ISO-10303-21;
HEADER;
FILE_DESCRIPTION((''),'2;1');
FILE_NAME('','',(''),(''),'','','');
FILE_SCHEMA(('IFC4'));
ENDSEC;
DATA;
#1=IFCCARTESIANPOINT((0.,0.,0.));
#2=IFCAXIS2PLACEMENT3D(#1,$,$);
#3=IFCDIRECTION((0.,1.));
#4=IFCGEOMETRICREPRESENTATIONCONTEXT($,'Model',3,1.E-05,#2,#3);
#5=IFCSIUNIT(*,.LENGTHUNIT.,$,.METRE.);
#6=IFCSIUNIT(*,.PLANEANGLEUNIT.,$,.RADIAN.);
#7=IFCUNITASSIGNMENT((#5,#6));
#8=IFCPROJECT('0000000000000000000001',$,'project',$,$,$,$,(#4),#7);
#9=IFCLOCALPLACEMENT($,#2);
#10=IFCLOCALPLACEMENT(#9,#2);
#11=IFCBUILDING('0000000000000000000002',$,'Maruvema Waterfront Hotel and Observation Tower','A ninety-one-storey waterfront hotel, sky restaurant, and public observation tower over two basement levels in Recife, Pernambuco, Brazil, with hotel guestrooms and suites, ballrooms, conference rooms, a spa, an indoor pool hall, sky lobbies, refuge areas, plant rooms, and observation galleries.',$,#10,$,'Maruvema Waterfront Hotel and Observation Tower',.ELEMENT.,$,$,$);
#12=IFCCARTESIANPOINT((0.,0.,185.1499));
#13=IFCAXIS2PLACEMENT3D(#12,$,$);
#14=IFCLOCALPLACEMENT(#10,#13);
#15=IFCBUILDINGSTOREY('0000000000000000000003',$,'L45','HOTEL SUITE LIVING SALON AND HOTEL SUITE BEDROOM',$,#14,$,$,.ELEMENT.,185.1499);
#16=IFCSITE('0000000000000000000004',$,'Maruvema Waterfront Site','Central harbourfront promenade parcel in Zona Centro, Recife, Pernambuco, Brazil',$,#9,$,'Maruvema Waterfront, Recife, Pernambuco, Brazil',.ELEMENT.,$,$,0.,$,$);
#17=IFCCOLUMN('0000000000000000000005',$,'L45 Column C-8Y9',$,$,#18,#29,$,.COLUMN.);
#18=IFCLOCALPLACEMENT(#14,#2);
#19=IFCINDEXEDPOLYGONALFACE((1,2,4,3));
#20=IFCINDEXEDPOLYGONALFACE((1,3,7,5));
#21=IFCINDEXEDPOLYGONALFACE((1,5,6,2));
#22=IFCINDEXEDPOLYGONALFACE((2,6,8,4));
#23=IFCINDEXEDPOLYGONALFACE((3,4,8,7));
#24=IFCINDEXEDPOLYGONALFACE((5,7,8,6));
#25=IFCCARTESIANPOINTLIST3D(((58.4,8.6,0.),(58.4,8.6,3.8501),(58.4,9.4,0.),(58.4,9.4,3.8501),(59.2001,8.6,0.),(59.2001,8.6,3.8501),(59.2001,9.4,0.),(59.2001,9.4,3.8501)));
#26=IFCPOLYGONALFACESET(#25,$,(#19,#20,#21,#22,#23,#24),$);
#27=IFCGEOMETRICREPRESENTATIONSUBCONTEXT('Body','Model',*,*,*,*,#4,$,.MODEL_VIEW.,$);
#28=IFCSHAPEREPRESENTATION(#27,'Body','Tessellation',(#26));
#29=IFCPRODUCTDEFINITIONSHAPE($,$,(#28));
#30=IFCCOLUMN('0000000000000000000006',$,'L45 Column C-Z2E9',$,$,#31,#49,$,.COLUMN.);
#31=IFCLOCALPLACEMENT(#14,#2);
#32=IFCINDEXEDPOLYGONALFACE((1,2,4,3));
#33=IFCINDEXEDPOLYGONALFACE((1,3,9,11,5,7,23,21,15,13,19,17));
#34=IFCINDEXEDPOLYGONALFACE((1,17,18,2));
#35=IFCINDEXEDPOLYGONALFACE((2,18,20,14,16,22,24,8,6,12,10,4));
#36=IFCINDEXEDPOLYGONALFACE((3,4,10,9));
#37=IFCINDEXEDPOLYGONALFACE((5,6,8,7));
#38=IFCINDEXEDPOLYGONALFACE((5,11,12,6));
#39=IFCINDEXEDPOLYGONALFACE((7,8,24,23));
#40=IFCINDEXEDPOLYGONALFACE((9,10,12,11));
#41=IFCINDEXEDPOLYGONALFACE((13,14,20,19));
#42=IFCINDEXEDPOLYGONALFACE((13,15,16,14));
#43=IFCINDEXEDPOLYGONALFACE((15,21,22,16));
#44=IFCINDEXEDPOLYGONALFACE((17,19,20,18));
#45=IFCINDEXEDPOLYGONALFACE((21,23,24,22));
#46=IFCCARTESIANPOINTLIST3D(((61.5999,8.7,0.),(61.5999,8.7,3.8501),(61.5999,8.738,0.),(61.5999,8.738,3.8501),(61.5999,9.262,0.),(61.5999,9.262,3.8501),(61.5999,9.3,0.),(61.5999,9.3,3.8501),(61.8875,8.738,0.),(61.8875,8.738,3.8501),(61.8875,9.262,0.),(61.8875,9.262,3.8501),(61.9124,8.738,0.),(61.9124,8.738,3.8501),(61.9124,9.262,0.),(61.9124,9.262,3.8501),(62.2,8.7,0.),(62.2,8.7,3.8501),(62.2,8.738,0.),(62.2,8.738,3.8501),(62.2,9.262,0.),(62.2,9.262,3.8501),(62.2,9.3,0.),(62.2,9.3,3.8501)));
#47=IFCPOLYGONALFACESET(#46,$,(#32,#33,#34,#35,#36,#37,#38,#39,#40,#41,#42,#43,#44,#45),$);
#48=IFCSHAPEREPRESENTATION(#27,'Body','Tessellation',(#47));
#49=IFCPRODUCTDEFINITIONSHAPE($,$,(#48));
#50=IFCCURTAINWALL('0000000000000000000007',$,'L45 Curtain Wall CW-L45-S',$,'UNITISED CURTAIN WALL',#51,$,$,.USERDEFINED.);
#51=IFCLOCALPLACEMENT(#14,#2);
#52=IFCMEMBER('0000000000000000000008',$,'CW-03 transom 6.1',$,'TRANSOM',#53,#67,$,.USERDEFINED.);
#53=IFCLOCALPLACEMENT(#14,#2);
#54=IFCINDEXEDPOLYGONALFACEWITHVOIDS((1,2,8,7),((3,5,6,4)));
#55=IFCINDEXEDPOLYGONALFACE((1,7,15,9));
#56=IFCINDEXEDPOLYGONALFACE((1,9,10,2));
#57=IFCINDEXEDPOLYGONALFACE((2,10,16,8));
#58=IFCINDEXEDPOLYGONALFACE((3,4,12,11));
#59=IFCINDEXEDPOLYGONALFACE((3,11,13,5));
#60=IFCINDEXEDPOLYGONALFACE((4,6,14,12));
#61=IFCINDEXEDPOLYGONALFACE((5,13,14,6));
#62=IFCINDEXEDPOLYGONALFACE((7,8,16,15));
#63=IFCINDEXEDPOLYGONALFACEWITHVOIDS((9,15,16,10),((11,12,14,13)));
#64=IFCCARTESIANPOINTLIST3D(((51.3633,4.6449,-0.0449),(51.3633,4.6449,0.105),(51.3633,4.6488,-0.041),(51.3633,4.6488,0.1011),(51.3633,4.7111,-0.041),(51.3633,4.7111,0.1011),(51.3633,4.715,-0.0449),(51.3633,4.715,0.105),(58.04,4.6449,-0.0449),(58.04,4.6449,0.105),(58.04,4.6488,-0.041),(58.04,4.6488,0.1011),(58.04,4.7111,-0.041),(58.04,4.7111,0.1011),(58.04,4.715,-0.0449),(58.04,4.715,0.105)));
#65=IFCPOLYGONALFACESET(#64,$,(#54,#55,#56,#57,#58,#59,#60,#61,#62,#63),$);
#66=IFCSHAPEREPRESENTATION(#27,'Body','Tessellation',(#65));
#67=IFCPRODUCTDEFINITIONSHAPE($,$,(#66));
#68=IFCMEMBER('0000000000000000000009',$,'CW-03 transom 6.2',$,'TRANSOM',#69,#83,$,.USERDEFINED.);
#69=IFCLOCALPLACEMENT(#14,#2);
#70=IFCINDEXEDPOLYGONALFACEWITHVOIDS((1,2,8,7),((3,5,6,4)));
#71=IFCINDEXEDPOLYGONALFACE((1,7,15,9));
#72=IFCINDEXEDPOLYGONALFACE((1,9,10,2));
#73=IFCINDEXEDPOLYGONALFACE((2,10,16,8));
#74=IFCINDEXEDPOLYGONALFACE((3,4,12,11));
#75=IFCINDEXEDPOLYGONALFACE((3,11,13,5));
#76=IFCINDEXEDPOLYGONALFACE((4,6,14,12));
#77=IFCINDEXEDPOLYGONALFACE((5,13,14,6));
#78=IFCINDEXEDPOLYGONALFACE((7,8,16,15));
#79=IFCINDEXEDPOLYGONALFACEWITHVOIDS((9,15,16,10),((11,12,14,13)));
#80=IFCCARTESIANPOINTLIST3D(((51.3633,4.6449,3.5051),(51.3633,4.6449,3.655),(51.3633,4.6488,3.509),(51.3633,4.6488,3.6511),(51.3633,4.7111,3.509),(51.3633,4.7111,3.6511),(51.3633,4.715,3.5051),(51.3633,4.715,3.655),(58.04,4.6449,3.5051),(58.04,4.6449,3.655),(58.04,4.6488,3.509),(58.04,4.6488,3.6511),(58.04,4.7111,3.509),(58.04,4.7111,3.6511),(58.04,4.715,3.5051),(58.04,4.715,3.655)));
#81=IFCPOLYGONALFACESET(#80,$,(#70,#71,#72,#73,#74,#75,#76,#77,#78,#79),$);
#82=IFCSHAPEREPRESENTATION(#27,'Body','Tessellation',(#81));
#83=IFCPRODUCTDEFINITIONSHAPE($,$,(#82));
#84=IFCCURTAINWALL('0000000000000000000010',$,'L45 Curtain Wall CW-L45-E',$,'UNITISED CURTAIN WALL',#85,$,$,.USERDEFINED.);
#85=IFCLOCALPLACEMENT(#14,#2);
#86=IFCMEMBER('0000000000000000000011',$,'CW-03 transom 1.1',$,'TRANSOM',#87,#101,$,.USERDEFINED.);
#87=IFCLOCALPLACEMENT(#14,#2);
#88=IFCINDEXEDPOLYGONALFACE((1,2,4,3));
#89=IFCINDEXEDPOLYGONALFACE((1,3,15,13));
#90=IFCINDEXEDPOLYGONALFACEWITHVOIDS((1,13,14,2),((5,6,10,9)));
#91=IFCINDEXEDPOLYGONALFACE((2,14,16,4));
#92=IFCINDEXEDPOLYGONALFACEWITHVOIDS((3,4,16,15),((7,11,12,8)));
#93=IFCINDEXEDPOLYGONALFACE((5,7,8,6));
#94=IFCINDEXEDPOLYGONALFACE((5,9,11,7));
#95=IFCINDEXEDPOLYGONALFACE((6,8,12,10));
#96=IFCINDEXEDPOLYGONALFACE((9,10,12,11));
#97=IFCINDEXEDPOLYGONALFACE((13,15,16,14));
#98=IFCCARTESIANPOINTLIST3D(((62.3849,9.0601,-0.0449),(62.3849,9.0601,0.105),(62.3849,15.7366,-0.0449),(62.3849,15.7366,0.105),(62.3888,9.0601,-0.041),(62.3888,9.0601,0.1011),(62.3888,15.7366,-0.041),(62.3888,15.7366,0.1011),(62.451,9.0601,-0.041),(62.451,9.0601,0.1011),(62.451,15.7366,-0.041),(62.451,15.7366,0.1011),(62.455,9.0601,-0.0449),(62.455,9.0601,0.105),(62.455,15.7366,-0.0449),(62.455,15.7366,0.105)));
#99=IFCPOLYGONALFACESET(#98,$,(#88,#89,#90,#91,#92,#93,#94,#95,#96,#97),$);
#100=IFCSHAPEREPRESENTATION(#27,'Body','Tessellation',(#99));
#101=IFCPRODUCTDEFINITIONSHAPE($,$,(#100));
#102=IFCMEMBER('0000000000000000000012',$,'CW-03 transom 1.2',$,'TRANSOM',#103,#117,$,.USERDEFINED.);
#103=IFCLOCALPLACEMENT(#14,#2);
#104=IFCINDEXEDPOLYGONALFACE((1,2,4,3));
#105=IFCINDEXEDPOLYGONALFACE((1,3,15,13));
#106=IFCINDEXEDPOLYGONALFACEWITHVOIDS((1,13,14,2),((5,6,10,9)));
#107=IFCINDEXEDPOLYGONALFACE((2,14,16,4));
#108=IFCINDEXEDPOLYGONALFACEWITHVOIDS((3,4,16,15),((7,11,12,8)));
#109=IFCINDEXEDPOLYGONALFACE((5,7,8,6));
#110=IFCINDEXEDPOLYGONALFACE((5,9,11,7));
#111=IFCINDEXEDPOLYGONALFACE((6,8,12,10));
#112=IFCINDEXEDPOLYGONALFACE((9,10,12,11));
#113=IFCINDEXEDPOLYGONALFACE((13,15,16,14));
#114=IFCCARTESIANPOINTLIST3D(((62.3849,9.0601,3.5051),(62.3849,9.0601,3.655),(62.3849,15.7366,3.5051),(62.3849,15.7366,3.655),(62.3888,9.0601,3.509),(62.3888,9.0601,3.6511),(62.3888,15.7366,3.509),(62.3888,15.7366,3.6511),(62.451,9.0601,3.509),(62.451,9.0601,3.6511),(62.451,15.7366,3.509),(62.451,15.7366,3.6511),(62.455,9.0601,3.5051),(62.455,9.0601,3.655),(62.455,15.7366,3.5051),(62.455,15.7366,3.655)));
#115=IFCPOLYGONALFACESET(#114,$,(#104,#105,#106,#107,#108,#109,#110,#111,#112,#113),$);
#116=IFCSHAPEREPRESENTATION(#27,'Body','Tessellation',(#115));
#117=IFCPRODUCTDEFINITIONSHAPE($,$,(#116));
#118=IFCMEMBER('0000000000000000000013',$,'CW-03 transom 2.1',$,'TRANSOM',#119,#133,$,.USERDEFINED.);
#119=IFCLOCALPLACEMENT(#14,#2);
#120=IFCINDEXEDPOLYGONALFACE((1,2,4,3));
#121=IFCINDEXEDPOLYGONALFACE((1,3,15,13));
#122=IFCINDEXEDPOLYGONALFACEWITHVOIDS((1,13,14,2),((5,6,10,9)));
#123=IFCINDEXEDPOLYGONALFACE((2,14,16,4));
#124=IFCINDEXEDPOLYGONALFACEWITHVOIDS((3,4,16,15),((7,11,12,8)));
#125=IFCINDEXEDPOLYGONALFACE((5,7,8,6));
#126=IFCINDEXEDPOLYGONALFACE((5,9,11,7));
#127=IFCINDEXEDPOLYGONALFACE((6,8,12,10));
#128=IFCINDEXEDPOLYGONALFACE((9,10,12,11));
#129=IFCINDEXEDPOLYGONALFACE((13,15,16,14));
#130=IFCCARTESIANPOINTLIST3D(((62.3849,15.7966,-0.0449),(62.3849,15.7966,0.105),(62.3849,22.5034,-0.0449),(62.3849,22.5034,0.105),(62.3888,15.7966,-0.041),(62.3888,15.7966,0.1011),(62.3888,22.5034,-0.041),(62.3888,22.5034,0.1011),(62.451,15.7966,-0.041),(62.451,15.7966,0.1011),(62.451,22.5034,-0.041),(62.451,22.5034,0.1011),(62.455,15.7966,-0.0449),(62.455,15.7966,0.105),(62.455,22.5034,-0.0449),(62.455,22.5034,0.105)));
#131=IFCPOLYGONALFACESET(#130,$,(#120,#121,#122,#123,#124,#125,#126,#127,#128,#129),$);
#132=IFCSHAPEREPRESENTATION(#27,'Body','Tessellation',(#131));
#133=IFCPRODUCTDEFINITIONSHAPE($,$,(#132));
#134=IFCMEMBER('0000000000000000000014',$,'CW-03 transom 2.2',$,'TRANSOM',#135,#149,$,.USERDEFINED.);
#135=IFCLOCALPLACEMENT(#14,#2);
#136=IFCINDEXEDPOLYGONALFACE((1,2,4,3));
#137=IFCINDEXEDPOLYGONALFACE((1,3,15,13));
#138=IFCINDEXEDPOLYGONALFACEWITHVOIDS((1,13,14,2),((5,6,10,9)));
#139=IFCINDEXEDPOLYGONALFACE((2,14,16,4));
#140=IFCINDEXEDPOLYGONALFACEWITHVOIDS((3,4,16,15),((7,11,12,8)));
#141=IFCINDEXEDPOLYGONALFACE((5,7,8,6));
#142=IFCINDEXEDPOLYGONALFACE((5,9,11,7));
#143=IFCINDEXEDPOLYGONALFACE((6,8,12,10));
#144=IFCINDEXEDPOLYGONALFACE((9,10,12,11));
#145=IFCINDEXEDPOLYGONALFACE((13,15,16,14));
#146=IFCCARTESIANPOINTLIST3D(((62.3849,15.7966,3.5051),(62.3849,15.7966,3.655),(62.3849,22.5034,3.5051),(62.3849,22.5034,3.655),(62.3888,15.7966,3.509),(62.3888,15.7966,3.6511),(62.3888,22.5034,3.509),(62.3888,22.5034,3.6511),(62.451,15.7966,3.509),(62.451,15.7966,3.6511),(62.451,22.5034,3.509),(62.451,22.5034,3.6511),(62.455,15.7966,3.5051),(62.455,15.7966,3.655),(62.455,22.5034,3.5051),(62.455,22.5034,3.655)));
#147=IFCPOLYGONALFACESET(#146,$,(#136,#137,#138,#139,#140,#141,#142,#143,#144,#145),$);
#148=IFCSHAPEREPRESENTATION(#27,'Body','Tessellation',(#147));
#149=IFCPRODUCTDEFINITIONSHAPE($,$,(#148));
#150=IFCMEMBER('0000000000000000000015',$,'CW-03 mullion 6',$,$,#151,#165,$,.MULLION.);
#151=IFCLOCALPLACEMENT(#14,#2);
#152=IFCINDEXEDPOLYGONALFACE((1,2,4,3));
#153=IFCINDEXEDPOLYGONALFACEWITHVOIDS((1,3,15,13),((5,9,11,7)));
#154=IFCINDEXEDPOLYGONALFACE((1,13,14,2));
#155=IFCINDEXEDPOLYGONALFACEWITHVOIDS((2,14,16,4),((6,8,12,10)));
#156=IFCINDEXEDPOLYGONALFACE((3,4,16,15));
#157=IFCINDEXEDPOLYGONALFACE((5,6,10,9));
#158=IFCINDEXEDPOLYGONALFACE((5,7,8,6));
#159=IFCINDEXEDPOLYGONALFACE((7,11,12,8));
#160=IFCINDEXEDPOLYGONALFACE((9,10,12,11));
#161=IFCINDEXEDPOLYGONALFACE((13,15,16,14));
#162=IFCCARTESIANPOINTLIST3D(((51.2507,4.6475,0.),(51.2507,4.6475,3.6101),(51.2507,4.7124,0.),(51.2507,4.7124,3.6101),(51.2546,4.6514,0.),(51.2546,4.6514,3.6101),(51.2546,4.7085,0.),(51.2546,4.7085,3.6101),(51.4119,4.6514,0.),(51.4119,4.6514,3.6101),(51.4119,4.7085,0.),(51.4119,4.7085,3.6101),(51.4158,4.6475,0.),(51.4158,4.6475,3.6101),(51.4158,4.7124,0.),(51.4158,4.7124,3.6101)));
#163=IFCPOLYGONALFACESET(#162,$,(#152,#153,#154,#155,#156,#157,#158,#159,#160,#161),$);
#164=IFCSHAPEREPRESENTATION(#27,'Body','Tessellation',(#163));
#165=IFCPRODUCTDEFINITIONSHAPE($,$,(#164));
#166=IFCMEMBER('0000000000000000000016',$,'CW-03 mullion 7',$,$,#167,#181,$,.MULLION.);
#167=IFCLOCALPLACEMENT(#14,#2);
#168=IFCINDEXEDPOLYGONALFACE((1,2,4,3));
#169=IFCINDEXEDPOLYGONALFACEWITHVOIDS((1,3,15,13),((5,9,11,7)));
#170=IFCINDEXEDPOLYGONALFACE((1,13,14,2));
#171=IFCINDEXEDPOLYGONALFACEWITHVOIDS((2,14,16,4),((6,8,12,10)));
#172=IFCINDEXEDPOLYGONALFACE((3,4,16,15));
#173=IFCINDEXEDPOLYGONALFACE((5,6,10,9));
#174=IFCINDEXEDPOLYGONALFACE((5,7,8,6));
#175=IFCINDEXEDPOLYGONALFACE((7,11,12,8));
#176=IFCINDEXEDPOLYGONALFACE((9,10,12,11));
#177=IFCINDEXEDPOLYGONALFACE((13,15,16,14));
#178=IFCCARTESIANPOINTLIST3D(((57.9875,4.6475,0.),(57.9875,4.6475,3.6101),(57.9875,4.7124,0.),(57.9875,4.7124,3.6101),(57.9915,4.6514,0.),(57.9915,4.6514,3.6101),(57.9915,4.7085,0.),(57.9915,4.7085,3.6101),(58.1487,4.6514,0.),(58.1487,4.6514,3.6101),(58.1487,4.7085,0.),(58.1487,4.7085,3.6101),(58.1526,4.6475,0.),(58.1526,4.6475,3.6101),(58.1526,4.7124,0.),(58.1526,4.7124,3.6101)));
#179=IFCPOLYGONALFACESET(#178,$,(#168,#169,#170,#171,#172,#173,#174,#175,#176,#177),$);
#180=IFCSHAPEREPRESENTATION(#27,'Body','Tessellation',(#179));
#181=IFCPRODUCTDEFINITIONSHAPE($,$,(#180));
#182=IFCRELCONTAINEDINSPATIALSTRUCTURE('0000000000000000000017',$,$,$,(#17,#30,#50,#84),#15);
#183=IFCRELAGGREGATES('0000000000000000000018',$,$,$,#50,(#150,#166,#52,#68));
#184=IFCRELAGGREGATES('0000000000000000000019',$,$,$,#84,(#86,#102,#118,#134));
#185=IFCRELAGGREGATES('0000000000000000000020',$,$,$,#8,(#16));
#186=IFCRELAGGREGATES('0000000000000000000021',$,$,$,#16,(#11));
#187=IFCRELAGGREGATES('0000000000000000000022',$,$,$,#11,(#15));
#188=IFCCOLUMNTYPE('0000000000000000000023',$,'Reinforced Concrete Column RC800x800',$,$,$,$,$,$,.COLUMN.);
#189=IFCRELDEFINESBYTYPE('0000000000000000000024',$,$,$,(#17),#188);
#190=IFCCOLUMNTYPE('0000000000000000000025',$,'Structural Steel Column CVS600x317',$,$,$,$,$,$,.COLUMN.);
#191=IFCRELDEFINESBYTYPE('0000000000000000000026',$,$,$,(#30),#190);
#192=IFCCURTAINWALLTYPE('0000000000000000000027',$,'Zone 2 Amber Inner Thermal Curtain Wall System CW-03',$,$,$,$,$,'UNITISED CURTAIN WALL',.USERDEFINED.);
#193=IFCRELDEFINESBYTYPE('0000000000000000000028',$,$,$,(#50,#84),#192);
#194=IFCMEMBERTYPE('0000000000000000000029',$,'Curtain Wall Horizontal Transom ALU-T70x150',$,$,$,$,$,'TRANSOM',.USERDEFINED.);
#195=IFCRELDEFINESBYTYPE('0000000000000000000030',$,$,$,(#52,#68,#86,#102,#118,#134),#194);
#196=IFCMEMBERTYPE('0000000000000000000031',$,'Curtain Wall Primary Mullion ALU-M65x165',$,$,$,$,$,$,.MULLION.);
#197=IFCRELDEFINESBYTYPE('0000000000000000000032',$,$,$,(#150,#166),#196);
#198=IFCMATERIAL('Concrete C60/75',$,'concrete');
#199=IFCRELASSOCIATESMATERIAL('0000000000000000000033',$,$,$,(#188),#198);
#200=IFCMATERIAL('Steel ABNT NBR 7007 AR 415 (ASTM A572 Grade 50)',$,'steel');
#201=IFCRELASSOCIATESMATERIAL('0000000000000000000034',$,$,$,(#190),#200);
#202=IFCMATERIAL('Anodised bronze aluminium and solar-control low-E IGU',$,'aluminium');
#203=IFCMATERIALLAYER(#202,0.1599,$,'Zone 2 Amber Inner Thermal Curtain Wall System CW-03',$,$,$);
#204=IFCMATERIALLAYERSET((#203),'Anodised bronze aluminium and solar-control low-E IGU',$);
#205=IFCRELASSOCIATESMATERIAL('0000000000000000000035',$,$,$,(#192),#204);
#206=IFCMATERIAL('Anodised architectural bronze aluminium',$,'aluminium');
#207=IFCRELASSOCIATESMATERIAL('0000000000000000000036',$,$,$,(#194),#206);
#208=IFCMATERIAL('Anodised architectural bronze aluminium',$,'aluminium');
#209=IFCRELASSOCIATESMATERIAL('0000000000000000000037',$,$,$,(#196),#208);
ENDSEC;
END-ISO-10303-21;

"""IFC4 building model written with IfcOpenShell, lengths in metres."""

from ifc_helpers import new_model, si_unit, direction, frame, origin, origin_2d, place, context, subcontext, project, spatial, rectangle, hollow_rectangle, i_section, extrude, material, layer, layer_set, material_profile, profile_set, type_object, element, aggregate, save


model = new_model("IFC4")

# Units and contexts
model_context = context("Model", 3, precision=1e-05, world=origin(), true_north=direction((0.0, 1.0)))
body_context = subcontext(model_context, "Body", "Model", "MODEL_VIEW")
ifc_project = project(units=[si_unit("LENGTHUNIT", "METRE"), si_unit("PLANEANGLEUNIT", "RADIAN")], contexts=[model_context])

# Site, building, storey
site_placement = place(None, origin())
site = spatial("IfcSite", under=ifc_project, at=site_placement, Name="Maruvema Waterfront Site", Description="Central harbourfront promenade parcel in Zona Centro, Recife, Pernambuco, Brazil", LongName="Maruvema Waterfront, Recife, Pernambuco, Brazil", CompositionType="ELEMENT", RefElevation=0.0)
building_placement = place(site_placement, origin())
building = spatial("IfcBuilding", under=site, at=building_placement, Name="Maruvema Waterfront Hotel and Observation Tower", Description="A ninety-one-storey waterfront hotel, sky restaurant, and public observation tower over two basement levels in Recife, Pernambuco, Brazil, with hotel guestrooms and suites, ballrooms, conference rooms, a spa, an indoor pool hall, sky lobbies, refuge areas, plant rooms, and observation galleries.", LongName="Maruvema Waterfront Hotel and Observation Tower", CompositionType="ELEMENT")
storey_placement = place(building_placement, frame((0.0, 0.0, 185.1499)))
storey = spatial("IfcBuildingStorey", under=building, at=storey_placement, Name="L45", Description="HOTEL SUITE LIVING SALON AND HOTEL SUITE BEDROOM", CompositionType="ELEMENT", Elevation=185.1499)

# Columns
ifc_material_1 = material(Name="Concrete C60/75", Category="concrete")
ifc_material_profile_1 = material_profile(ifc_material_1, rectangle(XDim=0.8, YDim=0.8, at=origin_2d()), Name="RC800x800")
ifc_profile_set_1 = profile_set([ifc_material_profile_1], Name="Concrete C60/75")
column_type_1 = type_object("IfcColumnType", Name="Reinforced Concrete Column RC800x800", PredefinedType="COLUMN", material=ifc_profile_set_1)
column_1_placement = place(storey_placement, frame((58.8, 9.0, 0.0), z_axis=(0.0, 0.0, 1.0), x_axis=(1.0, 0.0, 0.0)))
element("IfcColumn", 1, at=column_1_placement, inside=storey, type_object=column_type_1, Name="L45 Column C-8Y9", PredefinedType="COLUMN", context=body_context, shape_type="SweptSolid", body=[
    extrude(rectangle(XDim=0.8, YDim=0.8, at=origin_2d()), origin(), (0.0, 0.0, 1.0), 3.8501),
])
ifc_material_2 = material(Name="Steel ABNT NBR 7007 AR 415 (ASTM A572 Grade 50)", Category="steel")
ifc_material_profile_2 = material_profile(ifc_material_2, i_section(OverallWidth=0.6001, OverallDepth=0.6001, WebThickness=0.0249, FlangeThickness=0.0381, at=origin_2d()), Name="CVS600x317")
ifc_profile_set_2 = profile_set([ifc_material_profile_2], Name="Steel ABNT NBR 7007 AR 415 (ASTM A572 Grade 50)")
column_type_2 = type_object("IfcColumnType", Name="Structural Steel Column CVS600x317", PredefinedType="COLUMN", material=ifc_profile_set_2)
column_2_placement = place(storey_placement, frame((61.8999, 9.0, 0.0), z_axis=(0.0, 0.0, 1.0), x_axis=(1.0, 0.0, 0.0)))
element("IfcColumn", 2, at=column_2_placement, inside=storey, type_object=column_type_2, Name="L45 Column C-Z2E9", PredefinedType="COLUMN", context=body_context, shape_type="SweptSolid", body=[
    extrude(i_section(OverallWidth=0.6001, OverallDepth=0.6001, WebThickness=0.0249, FlangeThickness=0.0381, at=origin_2d()), origin(), (0.0, 0.0, 1.0), 3.8501),
])

# Curtain walls, members
ifc_material_3 = material(Name="Anodised bronze aluminium and solar-control low-E IGU", Category="aluminium")
ifc_layer_1 = layer(ifc_material_3, 0.1599, Name="Zone 2 Amber Inner Thermal Curtain Wall System CW-03")
ifc_layer_set_1 = layer_set([ifc_layer_1], Name="Anodised bronze aluminium and solar-control low-E IGU")
curtain_wall_type = type_object("IfcCurtainWallType", Name="Zone 2 Amber Inner Thermal Curtain Wall System CW-03", ElementType="UNITISED CURTAIN WALL", PredefinedType="USERDEFINED", material=ifc_layer_set_1)
curtain_wall_1_placement = place(storey_placement, origin())
curtain_wall_1 = element("IfcCurtainWall", 3, at=curtain_wall_1_placement, inside=storey, type_object=curtain_wall_type, Name="L45 Curtain Wall CW-L45-S", ObjectType="UNITISED CURTAIN WALL", PredefinedType="USERDEFINED")
ifc_material_4 = material(Name="Anodised architectural bronze aluminium", Category="aluminium")
ifc_material_profile_3 = material_profile(ifc_material_4, hollow_rectangle(XDim=0.0701, YDim=0.1499, WallThickness=0.0039, at=origin_2d()), Name="ALU-T70x150")
ifc_profile_set_3 = profile_set([ifc_material_profile_3], Name="Anodised architectural bronze aluminium")
member_type_1 = type_object("IfcMemberType", Name="Curtain Wall Horizontal Transom ALU-T70x150", ElementType="TRANSOM", PredefinedType="USERDEFINED", material=ifc_profile_set_3)
member_1_placement = place(storey_placement, frame((51.3633, 4.6799, 0.03), z_axis=(1.0, 0.0, 0.0), x_axis=(0.0, 1.0, 0.0)))
member_1 = element("IfcMember", 4, at=member_1_placement, type_object=member_type_1, Name="CW-03 transom 6.1", ObjectType="TRANSOM", PredefinedType="USERDEFINED", context=body_context, shape_type="SweptSolid", body=[
    extrude(hollow_rectangle(XDim=0.0701, YDim=0.1499, WallThickness=0.0039, at=origin_2d()), origin(), (0.0, 0.0, 1.0), 6.6768),
])
member_2_placement = place(storey_placement, frame((51.3633, 4.6799, 3.5801), z_axis=(1.0, 0.0, 0.0), x_axis=(0.0, 1.0, 0.0)))
member_2 = element("IfcMember", 5, at=member_2_placement, type_object=member_type_1, Name="CW-03 transom 6.2", ObjectType="TRANSOM", PredefinedType="USERDEFINED", context=body_context, shape_type="SweptSolid", body=[
    extrude(hollow_rectangle(XDim=0.0701, YDim=0.1499, WallThickness=0.0039, at=origin_2d()), origin(), (0.0, 0.0, 1.0), 6.6768),
])
curtain_wall_2_placement = place(storey_placement, origin())
curtain_wall_2 = element("IfcCurtainWall", 6, at=curtain_wall_2_placement, inside=storey, type_object=curtain_wall_type, Name="L45 Curtain Wall CW-L45-E", ObjectType="UNITISED CURTAIN WALL", PredefinedType="USERDEFINED")
member_3_placement = place(storey_placement, frame((62.4199, 9.0601, 0.03), z_axis=(0.0, 1.0, 0.0), x_axis=(-1.0, 0.0, 0.0)))
member_3 = element("IfcMember", 7, at=member_3_placement, type_object=member_type_1, Name="CW-03 transom 1.1", ObjectType="TRANSOM", PredefinedType="USERDEFINED", context=body_context, shape_type="SweptSolid", body=[
    extrude(hollow_rectangle(XDim=0.0701, YDim=0.1499, WallThickness=0.0039, at=origin_2d()), origin(), (0.0, 0.0, 1.0), 6.6765),
])
member_4_placement = place(storey_placement, frame((62.4199, 9.0601, 3.5801), z_axis=(0.0, 1.0, 0.0), x_axis=(-1.0, 0.0, 0.0)))
member_4 = element("IfcMember", 8, at=member_4_placement, type_object=member_type_1, Name="CW-03 transom 1.2", ObjectType="TRANSOM", PredefinedType="USERDEFINED", context=body_context, shape_type="SweptSolid", body=[
    extrude(hollow_rectangle(XDim=0.0701, YDim=0.1499, WallThickness=0.0039, at=origin_2d()), origin(), (0.0, 0.0, 1.0), 6.6765),
])
member_5_placement = place(storey_placement, frame((62.4199, 15.7966, 0.03), z_axis=(0.0, 1.0, 0.0), x_axis=(-1.0, 0.0, 0.0)))
member_5 = element("IfcMember", 9, at=member_5_placement, type_object=member_type_1, Name="CW-03 transom 2.1", ObjectType="TRANSOM", PredefinedType="USERDEFINED", context=body_context, shape_type="SweptSolid", body=[
    extrude(hollow_rectangle(XDim=0.0701, YDim=0.1499, WallThickness=0.0039, at=origin_2d()), origin(), (0.0, 0.0, 1.0), 6.7068),
])
member_6_placement = place(storey_placement, frame((62.4199, 15.7966, 3.5801), z_axis=(0.0, 1.0, 0.0), x_axis=(-1.0, 0.0, 0.0)))
member_6 = element("IfcMember", 10, at=member_6_placement, type_object=member_type_1, Name="CW-03 transom 2.2", ObjectType="TRANSOM", PredefinedType="USERDEFINED", context=body_context, shape_type="SweptSolid", body=[
    extrude(hollow_rectangle(XDim=0.0701, YDim=0.1499, WallThickness=0.0039, at=origin_2d()), origin(), (0.0, 0.0, 1.0), 6.7068),
])

# Members
ifc_material_5 = material(Name="Anodised architectural bronze aluminium", Category="aluminium")
ifc_material_profile_4 = material_profile(ifc_material_5, hollow_rectangle(XDim=0.0649, YDim=0.165, WallThickness=0.0039, at=origin_2d()), Name="ALU-M65x165")
ifc_profile_set_4 = profile_set([ifc_material_profile_4], Name="Anodised architectural bronze aluminium")
member_type_2 = type_object("IfcMemberType", Name="Curtain Wall Primary Mullion ALU-M65x165", PredefinedType="MULLION", material=ifc_profile_set_4)
member_7_placement = place(storey_placement, frame((51.3333, 4.6799, 0.0), z_axis=(0.0, 0.0, 1.0), x_axis=(0.0, 1.0, 0.0)))
member_7 = element("IfcMember", 11, at=member_7_placement, type_object=member_type_2, Name="CW-03 mullion 6", PredefinedType="MULLION", context=body_context, shape_type="SweptSolid", body=[
    extrude(hollow_rectangle(XDim=0.0649, YDim=0.165, WallThickness=0.0039, at=origin_2d()), origin(), (0.0, 0.0, 1.0), 3.6101),
])
member_8_placement = place(storey_placement, frame((58.0701, 4.6799, 0.0), z_axis=(0.0, 0.0, 1.0), x_axis=(0.0, 1.0, 0.0)))
member_8 = element("IfcMember", 12, at=member_8_placement, type_object=member_type_2, Name="CW-03 mullion 7", PredefinedType="MULLION", context=body_context, shape_type="SweptSolid", body=[
    extrude(hollow_rectangle(XDim=0.0649, YDim=0.165, WallThickness=0.0039, at=origin_2d()), origin(), (0.0, 0.0, 1.0), 3.6101),
])

aggregate(curtain_wall_1, [member_7, member_8, member_1, member_2])
aggregate(curtain_wall_2, [member_3, member_4, member_5, member_6])

save(model, "model.ifc")
